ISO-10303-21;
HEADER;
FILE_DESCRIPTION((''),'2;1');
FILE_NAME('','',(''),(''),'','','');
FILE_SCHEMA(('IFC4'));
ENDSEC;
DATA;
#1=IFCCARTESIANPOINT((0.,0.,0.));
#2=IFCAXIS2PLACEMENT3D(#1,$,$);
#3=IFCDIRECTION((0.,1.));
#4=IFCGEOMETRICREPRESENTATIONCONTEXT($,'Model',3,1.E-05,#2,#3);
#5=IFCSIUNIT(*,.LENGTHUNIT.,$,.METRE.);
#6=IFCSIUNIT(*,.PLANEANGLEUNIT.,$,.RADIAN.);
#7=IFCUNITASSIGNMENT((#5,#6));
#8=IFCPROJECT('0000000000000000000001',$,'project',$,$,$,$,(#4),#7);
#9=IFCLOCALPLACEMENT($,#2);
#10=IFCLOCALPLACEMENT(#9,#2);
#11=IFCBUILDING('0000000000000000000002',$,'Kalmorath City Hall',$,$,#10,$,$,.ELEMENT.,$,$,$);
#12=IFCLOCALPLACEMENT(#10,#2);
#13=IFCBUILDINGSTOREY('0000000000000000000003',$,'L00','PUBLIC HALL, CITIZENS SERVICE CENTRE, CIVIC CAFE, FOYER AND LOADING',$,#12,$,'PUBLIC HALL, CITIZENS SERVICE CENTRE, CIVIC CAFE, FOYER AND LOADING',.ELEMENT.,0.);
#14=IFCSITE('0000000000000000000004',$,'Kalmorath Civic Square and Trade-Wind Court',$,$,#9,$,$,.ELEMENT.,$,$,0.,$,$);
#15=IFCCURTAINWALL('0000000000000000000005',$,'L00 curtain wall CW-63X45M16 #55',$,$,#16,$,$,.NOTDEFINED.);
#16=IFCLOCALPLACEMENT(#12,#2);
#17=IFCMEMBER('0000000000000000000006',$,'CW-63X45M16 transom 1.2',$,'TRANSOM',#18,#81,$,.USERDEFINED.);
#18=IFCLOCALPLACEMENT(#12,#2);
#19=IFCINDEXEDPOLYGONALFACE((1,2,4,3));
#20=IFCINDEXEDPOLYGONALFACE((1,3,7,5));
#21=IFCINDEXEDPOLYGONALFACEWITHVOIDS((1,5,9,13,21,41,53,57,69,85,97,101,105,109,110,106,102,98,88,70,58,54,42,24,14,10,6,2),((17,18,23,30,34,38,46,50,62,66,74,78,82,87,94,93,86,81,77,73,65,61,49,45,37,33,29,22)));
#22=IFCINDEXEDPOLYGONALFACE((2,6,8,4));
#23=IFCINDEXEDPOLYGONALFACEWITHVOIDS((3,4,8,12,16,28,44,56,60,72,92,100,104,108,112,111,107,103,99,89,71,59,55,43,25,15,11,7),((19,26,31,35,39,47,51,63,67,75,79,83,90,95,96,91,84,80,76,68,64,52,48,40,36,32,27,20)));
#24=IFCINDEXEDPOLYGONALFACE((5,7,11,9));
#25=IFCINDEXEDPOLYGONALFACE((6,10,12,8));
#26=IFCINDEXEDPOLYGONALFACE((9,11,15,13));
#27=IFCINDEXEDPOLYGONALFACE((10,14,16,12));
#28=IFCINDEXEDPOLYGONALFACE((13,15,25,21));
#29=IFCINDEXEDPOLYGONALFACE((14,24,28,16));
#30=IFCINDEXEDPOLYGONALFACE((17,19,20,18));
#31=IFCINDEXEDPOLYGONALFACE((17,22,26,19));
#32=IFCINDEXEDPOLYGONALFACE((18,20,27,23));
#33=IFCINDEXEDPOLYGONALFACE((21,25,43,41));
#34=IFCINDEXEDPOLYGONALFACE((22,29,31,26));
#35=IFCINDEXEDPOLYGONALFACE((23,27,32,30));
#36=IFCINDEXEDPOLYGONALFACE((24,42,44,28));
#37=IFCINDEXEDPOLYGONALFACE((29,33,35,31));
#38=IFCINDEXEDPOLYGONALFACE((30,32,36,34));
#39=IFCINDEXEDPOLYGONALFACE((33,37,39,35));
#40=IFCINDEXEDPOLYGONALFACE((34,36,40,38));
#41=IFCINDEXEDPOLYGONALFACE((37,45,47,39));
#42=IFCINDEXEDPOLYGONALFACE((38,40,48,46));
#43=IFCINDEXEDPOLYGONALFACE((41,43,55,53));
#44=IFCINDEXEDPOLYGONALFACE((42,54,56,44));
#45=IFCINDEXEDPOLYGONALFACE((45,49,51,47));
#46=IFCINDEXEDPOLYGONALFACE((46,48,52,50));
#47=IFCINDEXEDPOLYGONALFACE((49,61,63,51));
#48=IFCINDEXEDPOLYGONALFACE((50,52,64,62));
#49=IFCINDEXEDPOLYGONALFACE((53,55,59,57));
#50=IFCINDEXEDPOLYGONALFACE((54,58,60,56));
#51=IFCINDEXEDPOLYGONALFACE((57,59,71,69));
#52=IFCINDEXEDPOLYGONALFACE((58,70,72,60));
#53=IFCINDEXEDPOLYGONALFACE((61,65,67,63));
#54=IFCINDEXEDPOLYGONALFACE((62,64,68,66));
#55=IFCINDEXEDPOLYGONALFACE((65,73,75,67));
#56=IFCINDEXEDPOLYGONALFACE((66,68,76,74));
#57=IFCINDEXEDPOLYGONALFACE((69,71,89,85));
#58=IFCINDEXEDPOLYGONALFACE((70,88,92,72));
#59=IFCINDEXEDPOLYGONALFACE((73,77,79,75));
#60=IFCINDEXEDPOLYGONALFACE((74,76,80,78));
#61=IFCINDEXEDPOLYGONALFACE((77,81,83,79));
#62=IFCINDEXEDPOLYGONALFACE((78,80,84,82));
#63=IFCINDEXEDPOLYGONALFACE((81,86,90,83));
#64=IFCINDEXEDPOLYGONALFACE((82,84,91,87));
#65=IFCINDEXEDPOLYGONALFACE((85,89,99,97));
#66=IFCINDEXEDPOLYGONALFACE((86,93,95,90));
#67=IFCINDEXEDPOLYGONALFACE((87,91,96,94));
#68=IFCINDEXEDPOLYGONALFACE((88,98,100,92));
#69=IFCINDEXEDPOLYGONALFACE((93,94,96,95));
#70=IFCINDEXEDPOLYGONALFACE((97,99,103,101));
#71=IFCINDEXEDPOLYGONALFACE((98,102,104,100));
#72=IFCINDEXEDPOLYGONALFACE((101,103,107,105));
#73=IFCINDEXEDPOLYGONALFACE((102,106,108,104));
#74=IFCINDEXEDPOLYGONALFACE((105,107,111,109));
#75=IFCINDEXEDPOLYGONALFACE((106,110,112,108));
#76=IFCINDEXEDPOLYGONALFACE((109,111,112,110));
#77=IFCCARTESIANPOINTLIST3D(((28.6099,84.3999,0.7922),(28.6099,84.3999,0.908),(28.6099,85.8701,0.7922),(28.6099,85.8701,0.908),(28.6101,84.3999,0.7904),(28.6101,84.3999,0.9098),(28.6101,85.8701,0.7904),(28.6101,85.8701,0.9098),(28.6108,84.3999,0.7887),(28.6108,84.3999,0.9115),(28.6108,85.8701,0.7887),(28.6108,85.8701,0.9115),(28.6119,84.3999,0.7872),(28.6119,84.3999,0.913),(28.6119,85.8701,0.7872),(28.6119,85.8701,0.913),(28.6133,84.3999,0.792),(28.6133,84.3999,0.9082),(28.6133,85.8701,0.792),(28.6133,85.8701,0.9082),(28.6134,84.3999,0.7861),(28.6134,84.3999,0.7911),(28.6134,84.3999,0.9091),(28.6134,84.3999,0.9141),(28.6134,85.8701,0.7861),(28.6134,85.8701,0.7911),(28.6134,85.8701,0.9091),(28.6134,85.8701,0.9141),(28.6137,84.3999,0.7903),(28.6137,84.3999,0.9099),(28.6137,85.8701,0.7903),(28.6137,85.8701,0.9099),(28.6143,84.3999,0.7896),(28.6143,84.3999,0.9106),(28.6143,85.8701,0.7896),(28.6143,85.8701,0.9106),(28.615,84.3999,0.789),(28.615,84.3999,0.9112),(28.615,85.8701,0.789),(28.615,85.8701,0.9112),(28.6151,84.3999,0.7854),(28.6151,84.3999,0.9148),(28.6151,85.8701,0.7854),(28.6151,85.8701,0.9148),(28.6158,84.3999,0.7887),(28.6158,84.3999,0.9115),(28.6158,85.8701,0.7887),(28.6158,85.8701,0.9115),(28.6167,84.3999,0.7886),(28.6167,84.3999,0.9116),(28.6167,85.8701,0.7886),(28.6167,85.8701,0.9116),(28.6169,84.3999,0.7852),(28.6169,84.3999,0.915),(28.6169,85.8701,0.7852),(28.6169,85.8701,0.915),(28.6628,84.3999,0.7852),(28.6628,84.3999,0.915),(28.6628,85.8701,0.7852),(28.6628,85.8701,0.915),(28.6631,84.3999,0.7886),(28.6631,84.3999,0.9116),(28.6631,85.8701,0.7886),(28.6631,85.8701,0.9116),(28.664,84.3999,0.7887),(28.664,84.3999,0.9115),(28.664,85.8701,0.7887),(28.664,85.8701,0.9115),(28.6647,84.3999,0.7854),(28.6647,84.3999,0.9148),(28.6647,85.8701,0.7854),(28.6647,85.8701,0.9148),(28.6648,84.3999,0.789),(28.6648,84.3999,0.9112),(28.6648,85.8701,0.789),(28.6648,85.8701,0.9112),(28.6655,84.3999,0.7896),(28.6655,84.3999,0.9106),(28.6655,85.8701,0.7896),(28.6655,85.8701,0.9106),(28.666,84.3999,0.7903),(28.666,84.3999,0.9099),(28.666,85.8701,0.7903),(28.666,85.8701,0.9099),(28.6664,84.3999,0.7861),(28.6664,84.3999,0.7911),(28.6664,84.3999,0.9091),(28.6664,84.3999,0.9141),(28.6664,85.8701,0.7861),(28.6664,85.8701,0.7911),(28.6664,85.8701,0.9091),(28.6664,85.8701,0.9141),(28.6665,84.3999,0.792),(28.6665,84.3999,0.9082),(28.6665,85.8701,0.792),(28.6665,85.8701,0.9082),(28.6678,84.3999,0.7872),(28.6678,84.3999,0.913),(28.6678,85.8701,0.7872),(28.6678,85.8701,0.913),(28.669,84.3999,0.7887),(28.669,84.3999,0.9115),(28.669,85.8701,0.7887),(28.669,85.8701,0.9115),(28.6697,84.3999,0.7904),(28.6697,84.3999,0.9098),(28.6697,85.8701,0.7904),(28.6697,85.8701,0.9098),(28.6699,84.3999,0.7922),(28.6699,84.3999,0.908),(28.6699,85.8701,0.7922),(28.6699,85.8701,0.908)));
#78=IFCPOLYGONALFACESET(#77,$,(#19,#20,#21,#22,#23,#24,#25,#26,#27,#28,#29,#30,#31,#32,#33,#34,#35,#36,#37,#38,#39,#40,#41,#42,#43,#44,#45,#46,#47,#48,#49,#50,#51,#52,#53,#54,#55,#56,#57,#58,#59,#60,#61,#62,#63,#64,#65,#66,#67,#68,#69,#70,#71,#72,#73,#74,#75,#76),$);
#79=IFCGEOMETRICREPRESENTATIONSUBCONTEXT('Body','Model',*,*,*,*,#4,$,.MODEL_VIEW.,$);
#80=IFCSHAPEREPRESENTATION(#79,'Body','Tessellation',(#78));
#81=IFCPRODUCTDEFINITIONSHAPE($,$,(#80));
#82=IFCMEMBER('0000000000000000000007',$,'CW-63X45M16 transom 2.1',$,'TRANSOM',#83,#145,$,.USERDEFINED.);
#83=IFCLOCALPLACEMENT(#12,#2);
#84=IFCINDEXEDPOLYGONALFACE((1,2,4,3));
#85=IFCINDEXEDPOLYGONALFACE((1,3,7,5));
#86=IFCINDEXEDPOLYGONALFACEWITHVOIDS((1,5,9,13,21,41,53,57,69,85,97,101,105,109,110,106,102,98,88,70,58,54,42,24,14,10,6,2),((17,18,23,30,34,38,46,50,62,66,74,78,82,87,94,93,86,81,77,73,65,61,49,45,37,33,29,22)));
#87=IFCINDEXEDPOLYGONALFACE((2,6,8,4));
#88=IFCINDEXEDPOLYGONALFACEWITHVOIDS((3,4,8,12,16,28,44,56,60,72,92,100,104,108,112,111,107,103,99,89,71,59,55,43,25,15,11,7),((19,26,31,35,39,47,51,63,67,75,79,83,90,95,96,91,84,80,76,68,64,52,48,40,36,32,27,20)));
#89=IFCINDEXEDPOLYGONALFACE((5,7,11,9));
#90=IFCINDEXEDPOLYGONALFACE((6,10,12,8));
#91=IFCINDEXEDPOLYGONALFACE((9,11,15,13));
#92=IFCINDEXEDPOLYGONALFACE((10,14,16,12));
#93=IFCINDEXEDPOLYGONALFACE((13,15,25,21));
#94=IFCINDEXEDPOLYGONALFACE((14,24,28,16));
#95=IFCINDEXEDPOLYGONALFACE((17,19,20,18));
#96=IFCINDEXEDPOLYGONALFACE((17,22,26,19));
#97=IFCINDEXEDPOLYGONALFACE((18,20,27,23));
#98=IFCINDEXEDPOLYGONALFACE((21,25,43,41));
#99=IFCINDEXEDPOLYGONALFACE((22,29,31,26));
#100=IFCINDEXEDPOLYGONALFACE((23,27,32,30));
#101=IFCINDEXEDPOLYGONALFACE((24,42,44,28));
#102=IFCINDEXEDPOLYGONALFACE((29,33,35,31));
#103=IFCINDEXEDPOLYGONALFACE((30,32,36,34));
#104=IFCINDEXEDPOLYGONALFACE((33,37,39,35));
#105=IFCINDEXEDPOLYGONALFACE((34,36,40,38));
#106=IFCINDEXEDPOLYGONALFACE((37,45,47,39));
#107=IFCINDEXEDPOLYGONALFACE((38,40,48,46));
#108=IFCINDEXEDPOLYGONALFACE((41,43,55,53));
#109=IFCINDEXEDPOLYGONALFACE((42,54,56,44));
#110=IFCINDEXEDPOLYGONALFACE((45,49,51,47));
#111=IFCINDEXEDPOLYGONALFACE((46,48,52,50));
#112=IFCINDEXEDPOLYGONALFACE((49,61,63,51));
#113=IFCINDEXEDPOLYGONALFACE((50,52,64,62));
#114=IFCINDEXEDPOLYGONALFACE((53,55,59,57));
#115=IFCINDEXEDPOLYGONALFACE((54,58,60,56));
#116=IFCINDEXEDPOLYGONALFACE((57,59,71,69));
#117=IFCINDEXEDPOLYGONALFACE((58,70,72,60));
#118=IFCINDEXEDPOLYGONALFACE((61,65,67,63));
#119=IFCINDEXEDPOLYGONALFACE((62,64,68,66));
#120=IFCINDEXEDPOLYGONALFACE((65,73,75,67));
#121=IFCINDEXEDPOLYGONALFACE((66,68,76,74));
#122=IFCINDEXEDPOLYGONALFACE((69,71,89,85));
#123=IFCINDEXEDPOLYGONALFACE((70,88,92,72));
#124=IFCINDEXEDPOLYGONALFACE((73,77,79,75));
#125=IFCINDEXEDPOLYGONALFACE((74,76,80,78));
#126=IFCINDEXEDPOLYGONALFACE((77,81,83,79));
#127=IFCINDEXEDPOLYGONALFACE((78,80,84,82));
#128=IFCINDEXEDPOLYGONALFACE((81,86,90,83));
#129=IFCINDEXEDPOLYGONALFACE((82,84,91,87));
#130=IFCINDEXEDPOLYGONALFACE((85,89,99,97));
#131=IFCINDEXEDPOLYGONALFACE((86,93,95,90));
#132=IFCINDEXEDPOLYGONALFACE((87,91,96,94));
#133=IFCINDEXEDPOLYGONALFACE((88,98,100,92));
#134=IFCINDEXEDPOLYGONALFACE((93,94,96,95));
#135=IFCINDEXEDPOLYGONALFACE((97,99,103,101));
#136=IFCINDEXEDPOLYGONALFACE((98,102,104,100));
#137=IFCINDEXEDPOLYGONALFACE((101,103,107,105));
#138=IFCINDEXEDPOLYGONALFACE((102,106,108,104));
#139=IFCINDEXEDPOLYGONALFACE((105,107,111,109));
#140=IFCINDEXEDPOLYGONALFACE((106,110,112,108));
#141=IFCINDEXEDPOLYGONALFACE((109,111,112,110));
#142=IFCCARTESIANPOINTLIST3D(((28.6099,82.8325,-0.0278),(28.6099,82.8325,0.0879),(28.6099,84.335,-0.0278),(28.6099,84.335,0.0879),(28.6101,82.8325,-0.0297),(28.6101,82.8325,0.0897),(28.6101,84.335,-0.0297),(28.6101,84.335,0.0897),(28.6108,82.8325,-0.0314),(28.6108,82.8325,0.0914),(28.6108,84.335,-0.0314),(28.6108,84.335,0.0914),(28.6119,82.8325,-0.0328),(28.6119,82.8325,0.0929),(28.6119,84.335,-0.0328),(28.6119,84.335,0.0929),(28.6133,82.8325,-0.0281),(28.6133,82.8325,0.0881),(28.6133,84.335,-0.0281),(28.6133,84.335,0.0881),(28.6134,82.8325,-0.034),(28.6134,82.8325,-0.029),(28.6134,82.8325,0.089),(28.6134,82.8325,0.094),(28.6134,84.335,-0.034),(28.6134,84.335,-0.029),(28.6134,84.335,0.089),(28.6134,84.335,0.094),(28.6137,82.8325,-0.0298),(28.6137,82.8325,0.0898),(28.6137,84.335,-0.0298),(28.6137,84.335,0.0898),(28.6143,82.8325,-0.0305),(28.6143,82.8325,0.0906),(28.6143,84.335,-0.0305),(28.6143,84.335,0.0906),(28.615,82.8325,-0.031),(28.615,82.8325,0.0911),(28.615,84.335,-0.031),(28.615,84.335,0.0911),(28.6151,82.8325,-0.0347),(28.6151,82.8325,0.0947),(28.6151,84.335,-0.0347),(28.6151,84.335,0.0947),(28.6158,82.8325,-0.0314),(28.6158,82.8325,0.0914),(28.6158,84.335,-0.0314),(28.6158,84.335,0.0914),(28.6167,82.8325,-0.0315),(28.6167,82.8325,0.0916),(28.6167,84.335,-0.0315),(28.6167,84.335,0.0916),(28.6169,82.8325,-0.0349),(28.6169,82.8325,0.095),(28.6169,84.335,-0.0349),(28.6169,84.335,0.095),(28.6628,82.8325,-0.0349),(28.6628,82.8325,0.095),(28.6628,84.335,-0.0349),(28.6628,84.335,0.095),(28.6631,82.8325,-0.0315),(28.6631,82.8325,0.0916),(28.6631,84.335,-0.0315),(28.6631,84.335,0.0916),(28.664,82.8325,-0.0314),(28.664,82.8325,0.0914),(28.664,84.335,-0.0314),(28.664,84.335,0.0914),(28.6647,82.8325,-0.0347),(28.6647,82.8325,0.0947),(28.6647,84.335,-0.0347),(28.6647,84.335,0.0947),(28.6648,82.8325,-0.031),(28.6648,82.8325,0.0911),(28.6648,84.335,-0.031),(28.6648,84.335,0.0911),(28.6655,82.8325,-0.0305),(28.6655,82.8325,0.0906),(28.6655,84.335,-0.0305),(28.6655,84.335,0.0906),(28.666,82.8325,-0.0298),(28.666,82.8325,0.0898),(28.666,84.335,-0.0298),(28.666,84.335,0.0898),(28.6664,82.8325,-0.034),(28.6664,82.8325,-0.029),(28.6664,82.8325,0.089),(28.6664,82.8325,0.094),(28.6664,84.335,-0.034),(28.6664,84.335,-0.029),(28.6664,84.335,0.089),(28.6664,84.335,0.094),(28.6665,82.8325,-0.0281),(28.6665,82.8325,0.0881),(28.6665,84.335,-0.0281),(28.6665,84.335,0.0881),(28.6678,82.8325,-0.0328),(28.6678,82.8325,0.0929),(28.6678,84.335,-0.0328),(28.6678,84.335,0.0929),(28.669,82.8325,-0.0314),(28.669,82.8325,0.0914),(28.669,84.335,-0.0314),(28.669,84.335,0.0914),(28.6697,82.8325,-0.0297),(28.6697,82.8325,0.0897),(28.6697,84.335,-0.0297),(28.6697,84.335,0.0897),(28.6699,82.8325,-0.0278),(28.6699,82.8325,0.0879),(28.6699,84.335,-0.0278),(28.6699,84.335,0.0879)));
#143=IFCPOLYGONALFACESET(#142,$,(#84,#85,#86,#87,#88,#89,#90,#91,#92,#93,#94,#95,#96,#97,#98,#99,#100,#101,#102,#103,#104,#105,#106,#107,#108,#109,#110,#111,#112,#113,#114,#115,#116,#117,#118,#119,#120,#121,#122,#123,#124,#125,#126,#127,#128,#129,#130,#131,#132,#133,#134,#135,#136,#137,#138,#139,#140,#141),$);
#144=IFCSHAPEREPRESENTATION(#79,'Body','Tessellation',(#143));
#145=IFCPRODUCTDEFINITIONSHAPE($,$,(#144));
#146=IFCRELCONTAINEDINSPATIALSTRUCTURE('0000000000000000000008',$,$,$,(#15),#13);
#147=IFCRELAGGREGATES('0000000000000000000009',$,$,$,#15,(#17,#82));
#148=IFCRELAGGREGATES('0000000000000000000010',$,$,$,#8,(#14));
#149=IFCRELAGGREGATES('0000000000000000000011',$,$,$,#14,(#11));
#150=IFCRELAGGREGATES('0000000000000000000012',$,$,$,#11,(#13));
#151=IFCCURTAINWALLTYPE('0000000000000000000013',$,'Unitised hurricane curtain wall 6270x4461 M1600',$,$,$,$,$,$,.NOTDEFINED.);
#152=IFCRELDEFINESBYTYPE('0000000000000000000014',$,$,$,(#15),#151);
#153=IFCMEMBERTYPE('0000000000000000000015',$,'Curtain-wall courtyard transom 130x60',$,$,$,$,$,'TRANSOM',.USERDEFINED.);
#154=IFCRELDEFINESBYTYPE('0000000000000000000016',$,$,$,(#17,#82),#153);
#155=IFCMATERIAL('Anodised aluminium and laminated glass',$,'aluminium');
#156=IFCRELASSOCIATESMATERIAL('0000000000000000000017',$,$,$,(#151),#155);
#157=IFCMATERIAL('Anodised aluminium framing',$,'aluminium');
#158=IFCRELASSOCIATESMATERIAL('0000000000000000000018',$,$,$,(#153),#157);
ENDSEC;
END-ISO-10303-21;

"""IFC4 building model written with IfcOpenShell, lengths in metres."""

from ifc_helpers import new_model, si_unit, direction, frame, origin, origin_2d, place, context, subcontext, project, spatial, hollow_rectangle, extrude, material, material_profile, profile_set, type_object, element, aggregate, save


model = new_model("IFC4")

# Units and contexts
model_context = context("Model", 3, precision=1e-05, world=origin(), true_north=direction((0.0, 1.0)))
body_context = subcontext(model_context, "Body", "Model", "MODEL_VIEW")
ifc_project = project(units=[si_unit("LENGTHUNIT", "METRE"), si_unit("PLANEANGLEUNIT", "RADIAN")], contexts=[model_context])

# Site, building, storey
site_placement = place(None, origin())
site = spatial("IfcSite", under=ifc_project, at=site_placement, Name="Kalmorath Civic Square and Trade-Wind Court", CompositionType="ELEMENT", RefElevation=0.0)
building_placement = place(site_placement, origin())
building = spatial("IfcBuilding", under=site, at=building_placement, Name="Kalmorath City Hall", CompositionType="ELEMENT")
storey_placement = place(building_placement, origin())
storey = spatial("IfcBuildingStorey", under=building, at=storey_placement, Name="L00", Description="PUBLIC HALL, CITIZENS SERVICE CENTRE, CIVIC CAFE, FOYER AND LOADING", LongName="PUBLIC HALL, CITIZENS SERVICE CENTRE, CIVIC CAFE, FOYER AND LOADING", CompositionType="ELEMENT", Elevation=0.0)

# Curtain wall, members
ifc_material_1 = material(Name="Anodised aluminium and laminated glass", Category="aluminium")
curtain_wall_type = type_object("IfcCurtainWallType", Name="Unitised hurricane curtain wall 6270x4461 M1600", PredefinedType="NOTDEFINED", material=ifc_material_1)
curtain_wall_placement = place(storey_placement, origin())
curtain_wall = element("IfcCurtainWall", 1, at=curtain_wall_placement, inside=storey, type_object=curtain_wall_type, Name="L00 curtain wall CW-63X45M16 #55", PredefinedType="NOTDEFINED")
ifc_material_2 = material(Name="Anodised aluminium framing", Category="aluminium")
ifc_material_profile_1 = material_profile(ifc_material_2, hollow_rectangle(XDim=0.0601, YDim=0.1299, WallThickness=0.0034, InnerFilletRadius=0.0034, OuterFilletRadius=0.0071, at=origin_2d()), Name="ALU-TRN-130X60X3.5")
ifc_profile_set_1 = profile_set([ifc_material_profile_1], Name="Anodised aluminium framing")
member_type_1 = type_object("IfcMemberType", Name="Curtain-wall courtyard transom 130x60", ElementType="TRANSOM", PredefinedType="USERDEFINED", material=ifc_profile_set_1)
member_1_placement = place(storey_placement, frame((28.6399, 85.8701, 0.8501), z_axis=(0.0, -1.0, 0.0), x_axis=(1.0, 0.0, 0.0)))
member_1 = element("IfcMember", 2, at=member_1_placement, type_object=member_type_1, Name="CW-63X45M16 transom 1.2", ObjectType="TRANSOM", PredefinedType="USERDEFINED", context=body_context, shape_type="SweptSolid", body=[
    extrude(hollow_rectangle(XDim=0.0601, YDim=0.1299, WallThickness=0.0034, InnerFilletRadius=0.0034, OuterFilletRadius=0.0071, at=origin_2d()), origin(), (0.0, 0.0, 1.0), 1.4702),
])
member_2_placement = place(storey_placement, frame((28.6399, 84.335, 0.03), z_axis=(0.0, -1.0, 0.0), x_axis=(1.0, 0.0, 0.0)))
member_2 = element("IfcMember", 3, at=member_2_placement, type_object=member_type_1, Name="CW-63X45M16 transom 2.1", ObjectType="TRANSOM", PredefinedType="USERDEFINED", context=body_context, shape_type="SweptSolid", body=[
    extrude(hollow_rectangle(XDim=0.0601, YDim=0.1299, WallThickness=0.0034, InnerFilletRadius=0.0034, OuterFilletRadius=0.0071, at=origin_2d()), origin(), (0.0, 0.0, 1.0), 1.5024),
])
aggregate(curtain_wall, [member_1, member_2])

save(model, "model.ifc")
